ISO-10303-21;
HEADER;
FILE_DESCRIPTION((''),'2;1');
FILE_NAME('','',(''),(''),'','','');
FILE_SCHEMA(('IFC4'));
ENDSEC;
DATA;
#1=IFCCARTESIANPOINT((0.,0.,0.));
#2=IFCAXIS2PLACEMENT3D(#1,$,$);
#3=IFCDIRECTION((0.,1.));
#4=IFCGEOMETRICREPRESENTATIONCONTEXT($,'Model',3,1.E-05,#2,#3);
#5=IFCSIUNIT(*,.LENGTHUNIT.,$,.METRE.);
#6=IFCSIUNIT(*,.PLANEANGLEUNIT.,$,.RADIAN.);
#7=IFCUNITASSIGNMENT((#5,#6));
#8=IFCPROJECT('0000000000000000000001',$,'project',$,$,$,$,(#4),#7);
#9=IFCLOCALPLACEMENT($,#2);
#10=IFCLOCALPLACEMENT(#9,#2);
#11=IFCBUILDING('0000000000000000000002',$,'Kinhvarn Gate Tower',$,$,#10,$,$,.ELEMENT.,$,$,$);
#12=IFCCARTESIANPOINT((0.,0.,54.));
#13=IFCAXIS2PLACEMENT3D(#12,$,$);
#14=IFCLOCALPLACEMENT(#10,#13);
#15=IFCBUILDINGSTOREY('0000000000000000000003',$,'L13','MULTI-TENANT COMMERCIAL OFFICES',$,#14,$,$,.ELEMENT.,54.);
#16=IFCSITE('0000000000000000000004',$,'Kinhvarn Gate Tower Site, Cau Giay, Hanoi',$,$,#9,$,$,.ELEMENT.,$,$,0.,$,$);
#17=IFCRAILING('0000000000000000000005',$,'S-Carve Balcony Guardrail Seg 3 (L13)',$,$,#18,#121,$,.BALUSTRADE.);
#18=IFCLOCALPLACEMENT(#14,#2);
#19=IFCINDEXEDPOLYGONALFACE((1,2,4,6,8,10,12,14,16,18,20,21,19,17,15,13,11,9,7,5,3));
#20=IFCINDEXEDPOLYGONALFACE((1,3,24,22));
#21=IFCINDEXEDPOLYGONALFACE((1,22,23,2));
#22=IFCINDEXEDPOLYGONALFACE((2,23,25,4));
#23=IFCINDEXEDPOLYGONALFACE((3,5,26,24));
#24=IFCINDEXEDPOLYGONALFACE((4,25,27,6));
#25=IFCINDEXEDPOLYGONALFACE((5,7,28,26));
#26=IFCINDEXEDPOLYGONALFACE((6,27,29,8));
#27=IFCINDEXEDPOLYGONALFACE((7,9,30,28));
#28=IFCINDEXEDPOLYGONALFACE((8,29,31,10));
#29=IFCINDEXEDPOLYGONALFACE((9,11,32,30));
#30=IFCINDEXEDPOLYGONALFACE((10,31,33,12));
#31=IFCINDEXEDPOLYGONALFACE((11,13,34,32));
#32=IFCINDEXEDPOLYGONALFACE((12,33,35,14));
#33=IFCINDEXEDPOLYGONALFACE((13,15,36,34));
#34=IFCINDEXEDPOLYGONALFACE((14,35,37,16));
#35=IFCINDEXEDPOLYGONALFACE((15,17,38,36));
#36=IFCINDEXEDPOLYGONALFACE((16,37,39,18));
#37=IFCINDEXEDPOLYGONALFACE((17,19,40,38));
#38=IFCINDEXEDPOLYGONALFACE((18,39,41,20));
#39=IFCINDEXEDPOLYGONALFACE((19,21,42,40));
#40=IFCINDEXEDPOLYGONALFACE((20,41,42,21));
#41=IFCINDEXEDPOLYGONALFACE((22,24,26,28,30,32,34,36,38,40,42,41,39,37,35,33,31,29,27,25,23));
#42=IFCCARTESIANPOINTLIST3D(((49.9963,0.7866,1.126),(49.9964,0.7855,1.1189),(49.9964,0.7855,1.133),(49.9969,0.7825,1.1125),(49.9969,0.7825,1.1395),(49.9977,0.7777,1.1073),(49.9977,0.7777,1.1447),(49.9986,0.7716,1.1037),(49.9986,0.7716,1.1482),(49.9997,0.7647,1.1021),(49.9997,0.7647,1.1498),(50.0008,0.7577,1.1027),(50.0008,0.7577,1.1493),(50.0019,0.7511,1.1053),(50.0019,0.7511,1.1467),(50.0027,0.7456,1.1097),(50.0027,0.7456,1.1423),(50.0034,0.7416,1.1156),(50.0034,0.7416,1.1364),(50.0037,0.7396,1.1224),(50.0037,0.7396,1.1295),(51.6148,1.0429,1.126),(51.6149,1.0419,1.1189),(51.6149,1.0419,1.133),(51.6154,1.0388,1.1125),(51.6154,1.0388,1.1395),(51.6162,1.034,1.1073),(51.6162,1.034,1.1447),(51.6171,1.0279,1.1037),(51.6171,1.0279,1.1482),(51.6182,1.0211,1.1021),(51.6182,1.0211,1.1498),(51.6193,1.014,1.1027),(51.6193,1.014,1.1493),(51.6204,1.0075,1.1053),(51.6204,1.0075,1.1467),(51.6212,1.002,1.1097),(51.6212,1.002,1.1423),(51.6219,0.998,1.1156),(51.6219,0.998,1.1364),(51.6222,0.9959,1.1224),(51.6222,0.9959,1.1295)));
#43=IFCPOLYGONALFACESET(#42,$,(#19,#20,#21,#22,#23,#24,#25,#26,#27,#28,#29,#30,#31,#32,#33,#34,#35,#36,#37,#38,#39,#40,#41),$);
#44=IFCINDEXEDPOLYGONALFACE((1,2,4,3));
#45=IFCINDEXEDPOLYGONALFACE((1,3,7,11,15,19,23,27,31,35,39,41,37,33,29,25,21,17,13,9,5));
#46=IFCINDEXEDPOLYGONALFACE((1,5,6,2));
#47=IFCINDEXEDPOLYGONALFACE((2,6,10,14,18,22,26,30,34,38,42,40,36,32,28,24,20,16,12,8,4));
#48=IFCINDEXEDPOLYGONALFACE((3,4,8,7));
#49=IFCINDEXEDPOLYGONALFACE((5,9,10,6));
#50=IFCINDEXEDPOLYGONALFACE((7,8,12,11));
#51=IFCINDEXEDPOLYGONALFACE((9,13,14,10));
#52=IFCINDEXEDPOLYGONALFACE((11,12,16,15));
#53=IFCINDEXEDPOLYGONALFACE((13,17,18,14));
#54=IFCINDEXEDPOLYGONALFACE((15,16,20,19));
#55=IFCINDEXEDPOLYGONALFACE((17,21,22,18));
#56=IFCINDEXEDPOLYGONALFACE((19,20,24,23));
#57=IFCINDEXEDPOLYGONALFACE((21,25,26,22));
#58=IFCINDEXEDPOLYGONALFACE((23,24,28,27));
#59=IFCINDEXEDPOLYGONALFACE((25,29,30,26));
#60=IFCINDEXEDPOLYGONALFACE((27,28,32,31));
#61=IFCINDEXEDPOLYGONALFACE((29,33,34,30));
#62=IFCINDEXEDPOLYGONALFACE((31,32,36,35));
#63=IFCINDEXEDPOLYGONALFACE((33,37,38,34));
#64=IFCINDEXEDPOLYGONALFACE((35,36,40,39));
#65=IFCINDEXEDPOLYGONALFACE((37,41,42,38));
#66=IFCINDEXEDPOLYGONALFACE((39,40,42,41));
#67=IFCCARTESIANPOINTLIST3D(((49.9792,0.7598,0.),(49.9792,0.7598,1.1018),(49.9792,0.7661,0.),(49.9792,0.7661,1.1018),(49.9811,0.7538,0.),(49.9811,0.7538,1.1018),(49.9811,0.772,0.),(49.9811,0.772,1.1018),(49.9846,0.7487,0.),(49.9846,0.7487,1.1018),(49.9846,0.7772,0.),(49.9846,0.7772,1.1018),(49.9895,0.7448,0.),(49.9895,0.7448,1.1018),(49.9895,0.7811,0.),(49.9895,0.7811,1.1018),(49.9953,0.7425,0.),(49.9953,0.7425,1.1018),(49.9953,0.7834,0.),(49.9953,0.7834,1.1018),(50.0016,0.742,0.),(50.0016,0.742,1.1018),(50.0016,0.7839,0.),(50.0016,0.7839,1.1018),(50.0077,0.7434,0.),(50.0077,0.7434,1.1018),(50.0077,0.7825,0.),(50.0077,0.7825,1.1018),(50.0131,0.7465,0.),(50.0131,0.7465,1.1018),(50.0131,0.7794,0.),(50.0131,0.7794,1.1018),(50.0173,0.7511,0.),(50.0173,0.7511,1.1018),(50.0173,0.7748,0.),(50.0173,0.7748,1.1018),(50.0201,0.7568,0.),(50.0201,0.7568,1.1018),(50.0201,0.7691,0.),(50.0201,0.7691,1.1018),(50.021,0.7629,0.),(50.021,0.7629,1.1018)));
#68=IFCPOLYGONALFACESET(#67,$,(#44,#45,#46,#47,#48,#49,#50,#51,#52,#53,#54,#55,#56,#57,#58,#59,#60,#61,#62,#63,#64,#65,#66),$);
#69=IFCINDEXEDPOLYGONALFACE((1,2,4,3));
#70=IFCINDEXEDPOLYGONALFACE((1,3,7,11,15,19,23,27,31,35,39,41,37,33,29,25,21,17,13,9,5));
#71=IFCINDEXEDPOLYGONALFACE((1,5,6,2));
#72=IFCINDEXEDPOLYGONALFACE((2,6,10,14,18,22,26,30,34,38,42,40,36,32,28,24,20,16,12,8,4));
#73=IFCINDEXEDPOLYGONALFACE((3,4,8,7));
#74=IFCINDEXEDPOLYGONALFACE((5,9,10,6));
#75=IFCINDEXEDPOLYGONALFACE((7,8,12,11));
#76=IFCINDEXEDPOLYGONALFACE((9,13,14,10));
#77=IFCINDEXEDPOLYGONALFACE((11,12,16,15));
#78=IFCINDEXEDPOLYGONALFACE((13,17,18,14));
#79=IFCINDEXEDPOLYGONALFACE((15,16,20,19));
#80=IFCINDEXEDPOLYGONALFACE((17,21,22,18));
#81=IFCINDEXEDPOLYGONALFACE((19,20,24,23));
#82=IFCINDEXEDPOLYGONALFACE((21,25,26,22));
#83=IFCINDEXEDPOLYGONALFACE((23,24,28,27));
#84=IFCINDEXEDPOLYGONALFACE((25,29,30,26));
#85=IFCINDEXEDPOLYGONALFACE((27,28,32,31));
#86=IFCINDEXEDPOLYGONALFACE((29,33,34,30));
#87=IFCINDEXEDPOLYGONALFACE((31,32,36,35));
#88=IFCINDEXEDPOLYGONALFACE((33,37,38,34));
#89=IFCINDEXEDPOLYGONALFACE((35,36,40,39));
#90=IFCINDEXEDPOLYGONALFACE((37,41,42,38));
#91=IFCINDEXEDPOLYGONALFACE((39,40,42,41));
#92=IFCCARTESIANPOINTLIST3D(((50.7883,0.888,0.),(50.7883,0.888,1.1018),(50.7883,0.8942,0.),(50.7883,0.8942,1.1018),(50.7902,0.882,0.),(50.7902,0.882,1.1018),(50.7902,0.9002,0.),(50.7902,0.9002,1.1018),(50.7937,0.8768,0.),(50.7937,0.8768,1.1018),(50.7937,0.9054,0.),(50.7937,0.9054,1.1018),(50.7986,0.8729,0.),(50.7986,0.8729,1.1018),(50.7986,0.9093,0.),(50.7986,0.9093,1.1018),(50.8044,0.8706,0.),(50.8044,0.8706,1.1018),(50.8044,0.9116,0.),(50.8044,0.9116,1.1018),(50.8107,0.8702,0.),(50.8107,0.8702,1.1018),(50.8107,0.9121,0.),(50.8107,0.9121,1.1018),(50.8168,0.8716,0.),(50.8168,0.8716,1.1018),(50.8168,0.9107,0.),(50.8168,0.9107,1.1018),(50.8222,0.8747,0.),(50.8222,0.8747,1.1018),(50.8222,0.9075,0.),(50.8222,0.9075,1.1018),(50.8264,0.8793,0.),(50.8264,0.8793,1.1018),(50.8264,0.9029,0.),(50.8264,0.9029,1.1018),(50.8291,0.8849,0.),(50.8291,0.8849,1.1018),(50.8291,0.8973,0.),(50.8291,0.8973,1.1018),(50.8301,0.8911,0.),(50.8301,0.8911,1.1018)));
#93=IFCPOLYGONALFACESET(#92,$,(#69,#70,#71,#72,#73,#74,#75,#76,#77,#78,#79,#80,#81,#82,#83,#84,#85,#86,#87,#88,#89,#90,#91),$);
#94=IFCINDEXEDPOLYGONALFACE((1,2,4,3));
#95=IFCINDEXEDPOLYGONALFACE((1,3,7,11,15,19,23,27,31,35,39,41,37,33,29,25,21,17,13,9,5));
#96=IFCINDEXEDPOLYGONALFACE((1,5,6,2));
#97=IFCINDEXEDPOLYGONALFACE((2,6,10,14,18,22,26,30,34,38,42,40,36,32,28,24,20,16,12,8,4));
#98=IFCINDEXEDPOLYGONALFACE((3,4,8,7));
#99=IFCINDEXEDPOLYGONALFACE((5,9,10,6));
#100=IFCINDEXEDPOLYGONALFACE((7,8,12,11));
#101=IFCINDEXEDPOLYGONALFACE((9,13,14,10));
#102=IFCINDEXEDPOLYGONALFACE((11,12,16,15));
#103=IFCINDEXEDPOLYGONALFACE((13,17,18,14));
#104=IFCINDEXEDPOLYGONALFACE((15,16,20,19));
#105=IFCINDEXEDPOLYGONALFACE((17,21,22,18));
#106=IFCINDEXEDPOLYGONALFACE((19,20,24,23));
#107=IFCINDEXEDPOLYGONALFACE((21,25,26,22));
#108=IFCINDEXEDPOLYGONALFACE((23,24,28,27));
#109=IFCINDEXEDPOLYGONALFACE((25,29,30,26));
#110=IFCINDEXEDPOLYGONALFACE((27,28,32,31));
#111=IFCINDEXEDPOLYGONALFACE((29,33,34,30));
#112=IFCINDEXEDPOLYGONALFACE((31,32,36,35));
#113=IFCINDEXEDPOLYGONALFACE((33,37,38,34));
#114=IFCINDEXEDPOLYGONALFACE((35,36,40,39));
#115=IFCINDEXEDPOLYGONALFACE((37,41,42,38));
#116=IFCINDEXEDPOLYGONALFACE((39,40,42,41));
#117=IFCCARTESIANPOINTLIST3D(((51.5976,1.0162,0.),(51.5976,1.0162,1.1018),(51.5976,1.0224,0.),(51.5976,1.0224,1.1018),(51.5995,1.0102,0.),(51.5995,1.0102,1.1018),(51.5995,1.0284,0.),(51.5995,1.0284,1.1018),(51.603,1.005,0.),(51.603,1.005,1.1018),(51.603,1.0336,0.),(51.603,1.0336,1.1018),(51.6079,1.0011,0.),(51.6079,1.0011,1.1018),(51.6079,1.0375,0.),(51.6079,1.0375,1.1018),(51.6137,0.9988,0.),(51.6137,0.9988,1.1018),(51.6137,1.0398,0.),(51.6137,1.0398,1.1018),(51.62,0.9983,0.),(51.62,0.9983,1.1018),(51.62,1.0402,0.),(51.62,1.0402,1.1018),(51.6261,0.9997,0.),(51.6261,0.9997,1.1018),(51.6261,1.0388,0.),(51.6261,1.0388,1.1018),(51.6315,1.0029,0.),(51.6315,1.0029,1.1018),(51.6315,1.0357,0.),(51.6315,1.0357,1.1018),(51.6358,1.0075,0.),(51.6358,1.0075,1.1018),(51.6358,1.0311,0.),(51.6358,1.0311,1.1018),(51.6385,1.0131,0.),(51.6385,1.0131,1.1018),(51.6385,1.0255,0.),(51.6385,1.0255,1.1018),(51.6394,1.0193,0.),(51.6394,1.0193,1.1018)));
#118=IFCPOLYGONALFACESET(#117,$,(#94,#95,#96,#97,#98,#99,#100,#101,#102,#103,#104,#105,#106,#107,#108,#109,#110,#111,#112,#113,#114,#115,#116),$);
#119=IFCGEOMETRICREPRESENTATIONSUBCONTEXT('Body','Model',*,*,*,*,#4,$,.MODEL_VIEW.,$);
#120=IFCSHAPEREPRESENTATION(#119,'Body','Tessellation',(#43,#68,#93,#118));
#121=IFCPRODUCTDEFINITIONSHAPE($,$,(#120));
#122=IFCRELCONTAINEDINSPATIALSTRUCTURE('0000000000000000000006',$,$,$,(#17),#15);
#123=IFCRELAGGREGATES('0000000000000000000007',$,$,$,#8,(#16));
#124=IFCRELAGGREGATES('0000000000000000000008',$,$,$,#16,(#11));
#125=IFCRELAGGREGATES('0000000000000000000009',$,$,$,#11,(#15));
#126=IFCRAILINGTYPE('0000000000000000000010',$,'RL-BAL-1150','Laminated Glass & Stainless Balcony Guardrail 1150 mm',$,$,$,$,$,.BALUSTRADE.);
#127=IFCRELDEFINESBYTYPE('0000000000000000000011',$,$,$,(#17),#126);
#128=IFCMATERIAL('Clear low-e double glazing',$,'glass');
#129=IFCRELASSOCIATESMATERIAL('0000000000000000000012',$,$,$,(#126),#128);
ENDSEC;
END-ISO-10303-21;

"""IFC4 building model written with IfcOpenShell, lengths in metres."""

from ifc_helpers import new_model, si_unit, direction, frame, origin, origin_2d, place, context, subcontext, project, spatial, circle, extrude, material, type_object, element, save


model = new_model("IFC4")

# Units and contexts
model_context = context("Model", 3, precision=1e-05, world=origin(), true_north=direction((0.0, 1.0)))
body_context = subcontext(model_context, "Body", "Model", "MODEL_VIEW")
ifc_project = project(units=[si_unit("LENGTHUNIT", "METRE"), si_unit("PLANEANGLEUNIT", "RADIAN")], contexts=[model_context])

# Site, building, storey
site_placement = place(None, origin())
site = spatial("IfcSite", under=ifc_project, at=site_placement, Name="Kinhvarn Gate Tower Site, Cau Giay, Hanoi", CompositionType="ELEMENT", RefElevation=0.0)
building_placement = place(site_placement, origin())
building = spatial("IfcBuilding", under=site, at=building_placement, Name="Kinhvarn Gate Tower", CompositionType="ELEMENT")
storey_placement = place(building_placement, frame((0.0, 0.0, 54.0)))
storey = spatial("IfcBuildingStorey", under=building, at=storey_placement, Name="L13", Description="MULTI-TENANT COMMERCIAL OFFICES", CompositionType="ELEMENT", Elevation=54.0)

# Shared definitions
ifc_material_1 = material(Name="Clear low-e double glazing", Category="glass")

# Railing
railing_type = type_object("IfcRailingType", Name="RL-BAL-1150", Description="Laminated Glass & Stainless Balcony Guardrail 1150 mm", PredefinedType="BALUSTRADE", material=ifc_material_1)
railing_1_placement = place(storey_placement, frame((50.0, 0.7629, 0.0)))
element("IfcRailing", 1, at=railing_1_placement, inside=storey, type_object=railing_type, Name="S-Carve Balcony Guardrail Seg 3 (L13)", PredefinedType="BALUSTRADE", context=body_context, shape_type="SweptSolid", body=[
    extrude(circle(Radius=0.0239, at=origin_2d()), frame((0.0, 0.0, 1.126), z_axis=(0.987687, 0.156445, 0.0), x_axis=(-0.156445, 0.987687, 0.0)), (0.0, 0.0, 1.0), 1.6387),
    extrude(circle(Radius=0.021, at=origin_2d()), origin(), (0.0, 0.0, 1.0), 1.1018),
    extrude(circle(Radius=0.021, at=origin_2d()), frame((0.8091, 0.1282, 0.0)), (0.0, 0.0, 1.0), 1.1018),
    extrude(circle(Radius=0.021, at=origin_2d()), frame((1.6184, 0.2563, 0.0)), (0.0, 0.0, 1.0), 1.1018),
])

save(model, "model.ifc")
